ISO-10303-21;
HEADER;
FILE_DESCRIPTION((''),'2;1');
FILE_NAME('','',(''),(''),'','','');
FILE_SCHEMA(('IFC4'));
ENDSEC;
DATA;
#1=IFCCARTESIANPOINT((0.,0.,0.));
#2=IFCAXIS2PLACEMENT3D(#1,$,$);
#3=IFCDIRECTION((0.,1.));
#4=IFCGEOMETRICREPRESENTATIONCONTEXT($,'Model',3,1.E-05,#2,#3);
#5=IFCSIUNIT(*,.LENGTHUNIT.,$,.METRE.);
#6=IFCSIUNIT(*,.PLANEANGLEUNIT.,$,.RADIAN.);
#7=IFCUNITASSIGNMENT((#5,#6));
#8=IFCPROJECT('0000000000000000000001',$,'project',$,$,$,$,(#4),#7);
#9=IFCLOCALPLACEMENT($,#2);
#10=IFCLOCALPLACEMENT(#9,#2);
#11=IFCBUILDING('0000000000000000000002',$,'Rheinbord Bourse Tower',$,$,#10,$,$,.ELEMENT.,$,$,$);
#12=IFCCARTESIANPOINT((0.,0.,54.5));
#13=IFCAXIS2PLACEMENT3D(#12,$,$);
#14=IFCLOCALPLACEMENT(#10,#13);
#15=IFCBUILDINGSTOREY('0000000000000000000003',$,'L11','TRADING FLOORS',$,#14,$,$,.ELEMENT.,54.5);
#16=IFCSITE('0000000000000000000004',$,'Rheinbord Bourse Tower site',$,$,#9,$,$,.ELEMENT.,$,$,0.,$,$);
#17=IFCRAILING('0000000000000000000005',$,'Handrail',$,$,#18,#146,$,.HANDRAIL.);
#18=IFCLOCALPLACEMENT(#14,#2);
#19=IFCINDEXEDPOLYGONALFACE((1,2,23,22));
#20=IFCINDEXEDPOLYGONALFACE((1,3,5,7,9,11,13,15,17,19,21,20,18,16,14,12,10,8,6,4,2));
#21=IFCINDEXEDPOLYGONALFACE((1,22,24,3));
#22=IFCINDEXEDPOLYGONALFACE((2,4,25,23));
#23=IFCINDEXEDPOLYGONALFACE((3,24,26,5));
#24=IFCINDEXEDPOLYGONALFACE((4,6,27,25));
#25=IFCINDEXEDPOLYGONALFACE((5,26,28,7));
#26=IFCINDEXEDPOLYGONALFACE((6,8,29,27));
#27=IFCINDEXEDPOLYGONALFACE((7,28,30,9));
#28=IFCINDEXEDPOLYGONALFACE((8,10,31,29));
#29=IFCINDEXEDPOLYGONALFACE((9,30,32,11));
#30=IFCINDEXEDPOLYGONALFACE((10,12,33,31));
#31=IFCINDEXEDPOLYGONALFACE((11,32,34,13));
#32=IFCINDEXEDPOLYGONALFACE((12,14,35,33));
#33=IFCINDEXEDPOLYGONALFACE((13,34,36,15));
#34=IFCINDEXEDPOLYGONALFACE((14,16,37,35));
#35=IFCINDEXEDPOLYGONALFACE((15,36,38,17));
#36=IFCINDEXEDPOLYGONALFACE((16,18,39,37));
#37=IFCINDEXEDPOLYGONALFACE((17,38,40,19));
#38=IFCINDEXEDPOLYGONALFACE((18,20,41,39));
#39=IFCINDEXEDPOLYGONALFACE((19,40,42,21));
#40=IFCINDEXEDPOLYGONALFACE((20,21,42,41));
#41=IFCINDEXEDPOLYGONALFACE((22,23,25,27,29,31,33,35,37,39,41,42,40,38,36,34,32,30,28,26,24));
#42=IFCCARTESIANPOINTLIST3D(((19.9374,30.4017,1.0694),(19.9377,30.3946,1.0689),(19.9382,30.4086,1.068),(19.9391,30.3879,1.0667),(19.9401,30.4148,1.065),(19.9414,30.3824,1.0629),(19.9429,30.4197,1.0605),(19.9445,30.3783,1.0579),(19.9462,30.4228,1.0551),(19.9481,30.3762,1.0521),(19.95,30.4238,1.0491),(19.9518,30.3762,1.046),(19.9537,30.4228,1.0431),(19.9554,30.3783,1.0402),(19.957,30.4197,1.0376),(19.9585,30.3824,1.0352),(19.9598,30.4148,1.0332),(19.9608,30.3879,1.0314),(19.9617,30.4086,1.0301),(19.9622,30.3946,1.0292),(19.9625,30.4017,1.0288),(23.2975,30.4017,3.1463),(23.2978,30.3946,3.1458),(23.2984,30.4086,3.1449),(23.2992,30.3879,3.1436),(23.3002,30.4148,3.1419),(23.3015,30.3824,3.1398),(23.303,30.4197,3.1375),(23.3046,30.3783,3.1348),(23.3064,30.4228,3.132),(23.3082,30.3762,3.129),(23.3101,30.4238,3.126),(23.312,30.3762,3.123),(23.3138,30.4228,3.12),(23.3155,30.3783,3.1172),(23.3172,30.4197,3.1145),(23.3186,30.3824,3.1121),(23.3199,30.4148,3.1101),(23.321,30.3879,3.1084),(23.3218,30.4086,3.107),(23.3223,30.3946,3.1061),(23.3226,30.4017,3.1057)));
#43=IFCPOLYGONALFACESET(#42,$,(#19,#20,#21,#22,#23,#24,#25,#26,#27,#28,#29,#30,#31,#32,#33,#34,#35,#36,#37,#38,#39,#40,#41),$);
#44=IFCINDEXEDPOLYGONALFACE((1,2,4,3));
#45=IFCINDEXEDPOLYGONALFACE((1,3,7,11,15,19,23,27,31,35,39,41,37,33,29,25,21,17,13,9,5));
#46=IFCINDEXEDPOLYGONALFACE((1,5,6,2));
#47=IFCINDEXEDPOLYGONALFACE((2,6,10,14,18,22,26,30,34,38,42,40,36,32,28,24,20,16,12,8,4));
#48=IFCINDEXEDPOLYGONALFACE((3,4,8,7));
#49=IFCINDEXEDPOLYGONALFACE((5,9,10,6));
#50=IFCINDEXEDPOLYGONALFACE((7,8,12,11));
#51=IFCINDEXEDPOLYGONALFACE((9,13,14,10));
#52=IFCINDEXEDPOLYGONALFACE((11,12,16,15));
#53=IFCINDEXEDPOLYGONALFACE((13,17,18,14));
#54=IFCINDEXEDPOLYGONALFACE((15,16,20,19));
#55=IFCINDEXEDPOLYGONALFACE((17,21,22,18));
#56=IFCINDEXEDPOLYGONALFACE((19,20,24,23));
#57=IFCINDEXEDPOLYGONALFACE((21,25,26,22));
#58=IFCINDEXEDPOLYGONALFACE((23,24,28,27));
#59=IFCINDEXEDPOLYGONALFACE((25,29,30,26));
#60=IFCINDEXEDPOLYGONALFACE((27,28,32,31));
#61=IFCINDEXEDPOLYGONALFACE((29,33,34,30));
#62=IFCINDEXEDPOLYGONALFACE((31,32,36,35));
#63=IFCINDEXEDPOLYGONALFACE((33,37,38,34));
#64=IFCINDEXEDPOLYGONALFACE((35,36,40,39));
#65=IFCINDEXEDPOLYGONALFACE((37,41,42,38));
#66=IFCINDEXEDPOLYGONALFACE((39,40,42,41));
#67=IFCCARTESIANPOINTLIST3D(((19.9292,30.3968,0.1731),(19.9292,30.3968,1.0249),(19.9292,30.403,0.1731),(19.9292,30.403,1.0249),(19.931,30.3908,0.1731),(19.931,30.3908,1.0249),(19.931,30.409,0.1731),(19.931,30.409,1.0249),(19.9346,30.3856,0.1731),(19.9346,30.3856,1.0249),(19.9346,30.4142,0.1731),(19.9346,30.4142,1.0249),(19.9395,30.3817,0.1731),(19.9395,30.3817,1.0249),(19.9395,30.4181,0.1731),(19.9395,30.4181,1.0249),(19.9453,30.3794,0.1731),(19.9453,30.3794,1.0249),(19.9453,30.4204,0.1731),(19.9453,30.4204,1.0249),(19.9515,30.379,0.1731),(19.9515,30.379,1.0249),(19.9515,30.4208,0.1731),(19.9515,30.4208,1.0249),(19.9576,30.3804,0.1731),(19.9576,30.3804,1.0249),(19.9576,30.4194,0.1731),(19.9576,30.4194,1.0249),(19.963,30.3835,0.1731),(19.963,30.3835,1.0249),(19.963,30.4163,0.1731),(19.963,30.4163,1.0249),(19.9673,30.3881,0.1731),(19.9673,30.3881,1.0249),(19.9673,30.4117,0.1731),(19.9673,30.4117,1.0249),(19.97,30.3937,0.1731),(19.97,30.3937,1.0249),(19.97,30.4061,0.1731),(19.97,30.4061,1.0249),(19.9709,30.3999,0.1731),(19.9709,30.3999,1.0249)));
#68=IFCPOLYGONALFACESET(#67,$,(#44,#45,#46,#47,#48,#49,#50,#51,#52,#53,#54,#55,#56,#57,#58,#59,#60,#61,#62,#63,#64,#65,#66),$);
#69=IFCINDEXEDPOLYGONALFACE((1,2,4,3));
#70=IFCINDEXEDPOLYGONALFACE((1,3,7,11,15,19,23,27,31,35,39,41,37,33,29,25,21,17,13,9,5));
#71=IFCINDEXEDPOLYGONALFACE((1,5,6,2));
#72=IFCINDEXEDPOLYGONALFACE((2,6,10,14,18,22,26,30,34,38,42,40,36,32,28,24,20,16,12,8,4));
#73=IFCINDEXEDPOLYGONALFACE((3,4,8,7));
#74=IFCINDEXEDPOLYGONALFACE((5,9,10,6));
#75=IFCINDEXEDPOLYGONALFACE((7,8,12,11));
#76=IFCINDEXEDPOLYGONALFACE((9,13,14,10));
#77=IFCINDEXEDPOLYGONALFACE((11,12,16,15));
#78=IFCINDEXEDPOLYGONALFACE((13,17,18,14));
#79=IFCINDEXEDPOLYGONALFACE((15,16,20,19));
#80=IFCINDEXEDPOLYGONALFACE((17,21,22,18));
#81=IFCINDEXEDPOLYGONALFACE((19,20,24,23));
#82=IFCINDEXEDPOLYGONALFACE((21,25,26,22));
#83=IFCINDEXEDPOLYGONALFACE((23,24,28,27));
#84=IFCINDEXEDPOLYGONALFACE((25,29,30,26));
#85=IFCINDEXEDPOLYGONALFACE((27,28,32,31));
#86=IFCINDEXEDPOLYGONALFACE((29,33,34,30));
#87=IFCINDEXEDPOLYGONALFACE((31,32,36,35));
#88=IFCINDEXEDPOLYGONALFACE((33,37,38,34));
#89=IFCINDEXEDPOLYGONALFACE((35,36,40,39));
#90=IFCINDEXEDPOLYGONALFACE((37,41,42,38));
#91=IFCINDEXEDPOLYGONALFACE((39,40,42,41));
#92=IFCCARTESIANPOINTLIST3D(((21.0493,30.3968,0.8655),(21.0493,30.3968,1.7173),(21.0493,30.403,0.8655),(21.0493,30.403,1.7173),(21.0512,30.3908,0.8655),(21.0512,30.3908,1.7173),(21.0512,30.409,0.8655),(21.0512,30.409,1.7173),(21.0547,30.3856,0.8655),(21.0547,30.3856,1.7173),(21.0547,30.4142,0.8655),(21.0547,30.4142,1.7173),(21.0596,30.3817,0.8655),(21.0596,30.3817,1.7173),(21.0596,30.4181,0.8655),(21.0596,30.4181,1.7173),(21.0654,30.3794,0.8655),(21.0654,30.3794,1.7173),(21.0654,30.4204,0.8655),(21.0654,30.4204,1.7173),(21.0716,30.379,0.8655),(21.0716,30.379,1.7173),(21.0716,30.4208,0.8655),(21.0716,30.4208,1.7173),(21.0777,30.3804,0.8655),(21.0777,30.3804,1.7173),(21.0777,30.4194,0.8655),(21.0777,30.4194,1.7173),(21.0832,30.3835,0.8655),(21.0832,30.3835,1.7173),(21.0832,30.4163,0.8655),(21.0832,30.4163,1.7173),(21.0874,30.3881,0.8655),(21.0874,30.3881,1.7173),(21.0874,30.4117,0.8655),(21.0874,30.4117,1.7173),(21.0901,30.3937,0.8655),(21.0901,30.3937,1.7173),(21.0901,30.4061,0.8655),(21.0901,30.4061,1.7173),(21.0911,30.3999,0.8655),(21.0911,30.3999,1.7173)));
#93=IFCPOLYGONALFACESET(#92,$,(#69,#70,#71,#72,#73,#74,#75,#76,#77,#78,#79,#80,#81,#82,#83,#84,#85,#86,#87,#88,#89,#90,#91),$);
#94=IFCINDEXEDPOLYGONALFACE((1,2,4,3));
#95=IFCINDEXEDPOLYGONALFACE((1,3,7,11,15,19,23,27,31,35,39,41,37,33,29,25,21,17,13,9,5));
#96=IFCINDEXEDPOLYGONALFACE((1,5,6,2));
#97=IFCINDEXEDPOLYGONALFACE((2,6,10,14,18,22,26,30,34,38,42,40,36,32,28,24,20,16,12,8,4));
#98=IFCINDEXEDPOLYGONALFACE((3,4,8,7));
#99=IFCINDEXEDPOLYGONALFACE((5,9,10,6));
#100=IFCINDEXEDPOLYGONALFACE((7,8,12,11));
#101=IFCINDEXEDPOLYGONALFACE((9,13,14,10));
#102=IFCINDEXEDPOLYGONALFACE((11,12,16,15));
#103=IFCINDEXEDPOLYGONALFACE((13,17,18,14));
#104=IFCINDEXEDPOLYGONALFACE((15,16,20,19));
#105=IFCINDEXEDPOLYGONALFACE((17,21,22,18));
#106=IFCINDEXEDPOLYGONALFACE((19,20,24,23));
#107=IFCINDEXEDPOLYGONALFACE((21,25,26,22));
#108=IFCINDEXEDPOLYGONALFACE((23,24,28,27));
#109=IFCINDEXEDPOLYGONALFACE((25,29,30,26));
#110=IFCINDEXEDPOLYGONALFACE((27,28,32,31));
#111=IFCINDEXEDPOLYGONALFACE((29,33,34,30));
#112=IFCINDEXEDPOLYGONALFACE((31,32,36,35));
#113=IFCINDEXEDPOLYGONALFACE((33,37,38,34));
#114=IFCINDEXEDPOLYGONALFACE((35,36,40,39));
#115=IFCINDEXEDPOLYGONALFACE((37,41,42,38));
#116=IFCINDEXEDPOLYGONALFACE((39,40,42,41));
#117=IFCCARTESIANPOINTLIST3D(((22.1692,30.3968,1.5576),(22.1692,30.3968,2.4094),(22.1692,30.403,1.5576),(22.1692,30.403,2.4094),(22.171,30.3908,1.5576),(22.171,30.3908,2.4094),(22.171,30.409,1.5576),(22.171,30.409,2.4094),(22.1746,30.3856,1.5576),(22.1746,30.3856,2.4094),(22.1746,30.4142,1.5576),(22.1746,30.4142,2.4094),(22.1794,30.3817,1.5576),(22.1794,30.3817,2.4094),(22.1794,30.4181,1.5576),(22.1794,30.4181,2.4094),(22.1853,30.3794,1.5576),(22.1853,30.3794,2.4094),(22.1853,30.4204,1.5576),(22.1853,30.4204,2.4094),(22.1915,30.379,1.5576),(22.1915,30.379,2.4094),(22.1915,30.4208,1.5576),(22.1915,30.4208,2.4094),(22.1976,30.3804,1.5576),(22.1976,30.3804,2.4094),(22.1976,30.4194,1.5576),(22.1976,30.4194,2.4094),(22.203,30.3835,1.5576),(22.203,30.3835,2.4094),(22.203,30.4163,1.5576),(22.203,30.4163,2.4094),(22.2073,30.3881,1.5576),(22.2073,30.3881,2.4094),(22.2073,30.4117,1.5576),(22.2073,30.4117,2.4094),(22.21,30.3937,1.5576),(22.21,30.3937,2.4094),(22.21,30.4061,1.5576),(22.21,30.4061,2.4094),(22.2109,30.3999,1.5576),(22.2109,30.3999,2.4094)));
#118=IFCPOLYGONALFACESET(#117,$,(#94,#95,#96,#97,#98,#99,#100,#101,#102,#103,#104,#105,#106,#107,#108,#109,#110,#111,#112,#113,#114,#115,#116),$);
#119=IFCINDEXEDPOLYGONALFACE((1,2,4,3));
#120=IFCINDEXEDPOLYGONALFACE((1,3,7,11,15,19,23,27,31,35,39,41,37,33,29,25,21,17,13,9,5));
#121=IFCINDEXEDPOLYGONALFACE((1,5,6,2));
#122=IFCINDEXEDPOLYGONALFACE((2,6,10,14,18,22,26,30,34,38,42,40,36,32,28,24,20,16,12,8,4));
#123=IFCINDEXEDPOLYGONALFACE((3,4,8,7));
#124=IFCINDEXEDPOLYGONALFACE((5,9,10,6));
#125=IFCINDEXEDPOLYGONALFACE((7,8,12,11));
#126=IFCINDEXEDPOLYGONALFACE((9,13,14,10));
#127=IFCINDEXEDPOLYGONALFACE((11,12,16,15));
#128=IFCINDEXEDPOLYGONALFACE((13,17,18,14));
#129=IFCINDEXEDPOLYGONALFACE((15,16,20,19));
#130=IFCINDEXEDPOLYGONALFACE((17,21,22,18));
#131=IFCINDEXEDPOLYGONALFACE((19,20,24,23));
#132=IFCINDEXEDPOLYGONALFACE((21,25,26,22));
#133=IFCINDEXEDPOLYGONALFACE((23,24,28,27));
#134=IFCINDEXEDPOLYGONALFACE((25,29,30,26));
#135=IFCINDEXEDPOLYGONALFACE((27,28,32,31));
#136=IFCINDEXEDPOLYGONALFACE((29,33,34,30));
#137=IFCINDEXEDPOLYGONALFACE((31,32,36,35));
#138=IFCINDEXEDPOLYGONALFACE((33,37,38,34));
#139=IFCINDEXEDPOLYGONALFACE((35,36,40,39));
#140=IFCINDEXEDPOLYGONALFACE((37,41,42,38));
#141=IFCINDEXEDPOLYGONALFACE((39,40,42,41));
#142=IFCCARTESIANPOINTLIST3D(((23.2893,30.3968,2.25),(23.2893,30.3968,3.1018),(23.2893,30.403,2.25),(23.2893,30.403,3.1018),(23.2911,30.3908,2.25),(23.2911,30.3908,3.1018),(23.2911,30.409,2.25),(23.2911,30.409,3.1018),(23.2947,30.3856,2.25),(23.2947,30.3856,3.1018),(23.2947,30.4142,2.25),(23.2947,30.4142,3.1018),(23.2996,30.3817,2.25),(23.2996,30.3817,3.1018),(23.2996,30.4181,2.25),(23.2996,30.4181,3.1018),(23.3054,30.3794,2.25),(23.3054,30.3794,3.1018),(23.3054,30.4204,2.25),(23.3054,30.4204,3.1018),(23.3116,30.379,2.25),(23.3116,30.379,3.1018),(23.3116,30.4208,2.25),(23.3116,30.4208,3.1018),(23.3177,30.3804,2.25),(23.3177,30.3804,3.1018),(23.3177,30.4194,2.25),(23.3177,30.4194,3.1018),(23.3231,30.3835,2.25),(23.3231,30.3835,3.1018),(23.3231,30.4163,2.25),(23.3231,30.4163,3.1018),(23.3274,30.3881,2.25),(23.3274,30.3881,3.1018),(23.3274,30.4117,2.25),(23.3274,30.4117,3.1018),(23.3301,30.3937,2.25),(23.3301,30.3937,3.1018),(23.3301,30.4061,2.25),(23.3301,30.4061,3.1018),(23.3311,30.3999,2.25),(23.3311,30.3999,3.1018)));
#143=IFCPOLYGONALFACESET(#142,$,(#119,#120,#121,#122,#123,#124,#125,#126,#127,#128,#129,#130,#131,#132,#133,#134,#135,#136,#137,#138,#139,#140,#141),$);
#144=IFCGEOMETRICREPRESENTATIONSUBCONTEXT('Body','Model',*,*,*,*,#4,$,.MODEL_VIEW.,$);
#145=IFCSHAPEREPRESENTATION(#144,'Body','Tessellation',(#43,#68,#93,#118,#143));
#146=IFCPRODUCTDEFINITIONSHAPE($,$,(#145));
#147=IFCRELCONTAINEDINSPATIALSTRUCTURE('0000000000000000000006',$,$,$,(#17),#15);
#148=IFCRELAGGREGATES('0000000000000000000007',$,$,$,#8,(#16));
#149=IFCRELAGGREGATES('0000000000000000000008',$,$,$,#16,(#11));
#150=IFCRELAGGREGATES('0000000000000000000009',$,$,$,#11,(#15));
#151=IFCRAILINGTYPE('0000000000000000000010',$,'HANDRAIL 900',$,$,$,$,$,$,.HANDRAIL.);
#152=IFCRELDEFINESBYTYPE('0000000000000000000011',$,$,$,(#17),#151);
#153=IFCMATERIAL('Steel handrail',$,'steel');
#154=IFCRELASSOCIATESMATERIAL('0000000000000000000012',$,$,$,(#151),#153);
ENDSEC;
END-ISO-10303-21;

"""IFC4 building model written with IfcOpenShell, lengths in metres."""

from ifc_helpers import new_model, si_unit, direction, frame, origin, origin_2d, place, context, subcontext, project, spatial, circle, extrude, material, type_object, element, save


model = new_model("IFC4")

# Units and contexts
model_context = context("Model", 3, precision=1e-05, world=origin(), true_north=direction((0.0, 1.0)))
body_context = subcontext(model_context, "Body", "Model", "MODEL_VIEW")
ifc_project = project(units=[si_unit("LENGTHUNIT", "METRE"), si_unit("PLANEANGLEUNIT", "RADIAN")], contexts=[model_context])

# Site, building, storey
site_placement = place(None, origin())
site = spatial("IfcSite", under=ifc_project, at=site_placement, Name="Rheinbord Bourse Tower site", CompositionType="ELEMENT", RefElevation=0.0)
building_placement = place(site_placement, origin())
building = spatial("IfcBuilding", under=site, at=building_placement, Name="Rheinbord Bourse Tower", CompositionType="ELEMENT")
storey_placement = place(building_placement, frame((0.0, 0.0, 54.5)))
storey = spatial("IfcBuildingStorey", under=building, at=storey_placement, Name="L11", Description="TRADING FLOORS", CompositionType="ELEMENT", Elevation=54.5)

# Railing
ifc_material_1 = material(Name="Steel handrail", Category="steel")
railing_type = type_object("IfcRailingType", Name="HANDRAIL 900", PredefinedType="HANDRAIL", material=ifc_material_1)
railing_1_placement = place(storey_placement, frame((19.95, 30.3999, 0.1731)))
element("IfcRailing", 1, at=railing_1_placement, inside=storey, type_object=railing_type, Name="Handrail", PredefinedType="HANDRAIL", context=body_context, shape_type="SweptSolid", body=[
    extrude(circle(Radius=0.0239, at=origin_2d()), frame((0.0, 0.0, 0.876), z_axis=(0.850623, 0.0, 0.525776), x_axis=(0.0, 1.0, 0.0)), (0.0, 0.0, 1.0), 3.9502),
    extrude(circle(Radius=0.021, at=origin_2d()), origin(), (0.0, 0.0, 1.0), 0.8518),
    extrude(circle(Radius=0.021, at=origin_2d()), frame((1.1201, 0.0, 0.6924)), (0.0, 0.0, 1.0), 0.8518),
    extrude(circle(Radius=0.021, at=origin_2d()), frame((2.24, 0.0, 1.3845)), (0.0, 0.0, 1.0), 0.8518),
    extrude(circle(Radius=0.021, at=origin_2d()), frame((3.3601, 0.0, 2.0769)), (0.0, 0.0, 1.0), 0.8518),
])

save(model, "model.ifc")
